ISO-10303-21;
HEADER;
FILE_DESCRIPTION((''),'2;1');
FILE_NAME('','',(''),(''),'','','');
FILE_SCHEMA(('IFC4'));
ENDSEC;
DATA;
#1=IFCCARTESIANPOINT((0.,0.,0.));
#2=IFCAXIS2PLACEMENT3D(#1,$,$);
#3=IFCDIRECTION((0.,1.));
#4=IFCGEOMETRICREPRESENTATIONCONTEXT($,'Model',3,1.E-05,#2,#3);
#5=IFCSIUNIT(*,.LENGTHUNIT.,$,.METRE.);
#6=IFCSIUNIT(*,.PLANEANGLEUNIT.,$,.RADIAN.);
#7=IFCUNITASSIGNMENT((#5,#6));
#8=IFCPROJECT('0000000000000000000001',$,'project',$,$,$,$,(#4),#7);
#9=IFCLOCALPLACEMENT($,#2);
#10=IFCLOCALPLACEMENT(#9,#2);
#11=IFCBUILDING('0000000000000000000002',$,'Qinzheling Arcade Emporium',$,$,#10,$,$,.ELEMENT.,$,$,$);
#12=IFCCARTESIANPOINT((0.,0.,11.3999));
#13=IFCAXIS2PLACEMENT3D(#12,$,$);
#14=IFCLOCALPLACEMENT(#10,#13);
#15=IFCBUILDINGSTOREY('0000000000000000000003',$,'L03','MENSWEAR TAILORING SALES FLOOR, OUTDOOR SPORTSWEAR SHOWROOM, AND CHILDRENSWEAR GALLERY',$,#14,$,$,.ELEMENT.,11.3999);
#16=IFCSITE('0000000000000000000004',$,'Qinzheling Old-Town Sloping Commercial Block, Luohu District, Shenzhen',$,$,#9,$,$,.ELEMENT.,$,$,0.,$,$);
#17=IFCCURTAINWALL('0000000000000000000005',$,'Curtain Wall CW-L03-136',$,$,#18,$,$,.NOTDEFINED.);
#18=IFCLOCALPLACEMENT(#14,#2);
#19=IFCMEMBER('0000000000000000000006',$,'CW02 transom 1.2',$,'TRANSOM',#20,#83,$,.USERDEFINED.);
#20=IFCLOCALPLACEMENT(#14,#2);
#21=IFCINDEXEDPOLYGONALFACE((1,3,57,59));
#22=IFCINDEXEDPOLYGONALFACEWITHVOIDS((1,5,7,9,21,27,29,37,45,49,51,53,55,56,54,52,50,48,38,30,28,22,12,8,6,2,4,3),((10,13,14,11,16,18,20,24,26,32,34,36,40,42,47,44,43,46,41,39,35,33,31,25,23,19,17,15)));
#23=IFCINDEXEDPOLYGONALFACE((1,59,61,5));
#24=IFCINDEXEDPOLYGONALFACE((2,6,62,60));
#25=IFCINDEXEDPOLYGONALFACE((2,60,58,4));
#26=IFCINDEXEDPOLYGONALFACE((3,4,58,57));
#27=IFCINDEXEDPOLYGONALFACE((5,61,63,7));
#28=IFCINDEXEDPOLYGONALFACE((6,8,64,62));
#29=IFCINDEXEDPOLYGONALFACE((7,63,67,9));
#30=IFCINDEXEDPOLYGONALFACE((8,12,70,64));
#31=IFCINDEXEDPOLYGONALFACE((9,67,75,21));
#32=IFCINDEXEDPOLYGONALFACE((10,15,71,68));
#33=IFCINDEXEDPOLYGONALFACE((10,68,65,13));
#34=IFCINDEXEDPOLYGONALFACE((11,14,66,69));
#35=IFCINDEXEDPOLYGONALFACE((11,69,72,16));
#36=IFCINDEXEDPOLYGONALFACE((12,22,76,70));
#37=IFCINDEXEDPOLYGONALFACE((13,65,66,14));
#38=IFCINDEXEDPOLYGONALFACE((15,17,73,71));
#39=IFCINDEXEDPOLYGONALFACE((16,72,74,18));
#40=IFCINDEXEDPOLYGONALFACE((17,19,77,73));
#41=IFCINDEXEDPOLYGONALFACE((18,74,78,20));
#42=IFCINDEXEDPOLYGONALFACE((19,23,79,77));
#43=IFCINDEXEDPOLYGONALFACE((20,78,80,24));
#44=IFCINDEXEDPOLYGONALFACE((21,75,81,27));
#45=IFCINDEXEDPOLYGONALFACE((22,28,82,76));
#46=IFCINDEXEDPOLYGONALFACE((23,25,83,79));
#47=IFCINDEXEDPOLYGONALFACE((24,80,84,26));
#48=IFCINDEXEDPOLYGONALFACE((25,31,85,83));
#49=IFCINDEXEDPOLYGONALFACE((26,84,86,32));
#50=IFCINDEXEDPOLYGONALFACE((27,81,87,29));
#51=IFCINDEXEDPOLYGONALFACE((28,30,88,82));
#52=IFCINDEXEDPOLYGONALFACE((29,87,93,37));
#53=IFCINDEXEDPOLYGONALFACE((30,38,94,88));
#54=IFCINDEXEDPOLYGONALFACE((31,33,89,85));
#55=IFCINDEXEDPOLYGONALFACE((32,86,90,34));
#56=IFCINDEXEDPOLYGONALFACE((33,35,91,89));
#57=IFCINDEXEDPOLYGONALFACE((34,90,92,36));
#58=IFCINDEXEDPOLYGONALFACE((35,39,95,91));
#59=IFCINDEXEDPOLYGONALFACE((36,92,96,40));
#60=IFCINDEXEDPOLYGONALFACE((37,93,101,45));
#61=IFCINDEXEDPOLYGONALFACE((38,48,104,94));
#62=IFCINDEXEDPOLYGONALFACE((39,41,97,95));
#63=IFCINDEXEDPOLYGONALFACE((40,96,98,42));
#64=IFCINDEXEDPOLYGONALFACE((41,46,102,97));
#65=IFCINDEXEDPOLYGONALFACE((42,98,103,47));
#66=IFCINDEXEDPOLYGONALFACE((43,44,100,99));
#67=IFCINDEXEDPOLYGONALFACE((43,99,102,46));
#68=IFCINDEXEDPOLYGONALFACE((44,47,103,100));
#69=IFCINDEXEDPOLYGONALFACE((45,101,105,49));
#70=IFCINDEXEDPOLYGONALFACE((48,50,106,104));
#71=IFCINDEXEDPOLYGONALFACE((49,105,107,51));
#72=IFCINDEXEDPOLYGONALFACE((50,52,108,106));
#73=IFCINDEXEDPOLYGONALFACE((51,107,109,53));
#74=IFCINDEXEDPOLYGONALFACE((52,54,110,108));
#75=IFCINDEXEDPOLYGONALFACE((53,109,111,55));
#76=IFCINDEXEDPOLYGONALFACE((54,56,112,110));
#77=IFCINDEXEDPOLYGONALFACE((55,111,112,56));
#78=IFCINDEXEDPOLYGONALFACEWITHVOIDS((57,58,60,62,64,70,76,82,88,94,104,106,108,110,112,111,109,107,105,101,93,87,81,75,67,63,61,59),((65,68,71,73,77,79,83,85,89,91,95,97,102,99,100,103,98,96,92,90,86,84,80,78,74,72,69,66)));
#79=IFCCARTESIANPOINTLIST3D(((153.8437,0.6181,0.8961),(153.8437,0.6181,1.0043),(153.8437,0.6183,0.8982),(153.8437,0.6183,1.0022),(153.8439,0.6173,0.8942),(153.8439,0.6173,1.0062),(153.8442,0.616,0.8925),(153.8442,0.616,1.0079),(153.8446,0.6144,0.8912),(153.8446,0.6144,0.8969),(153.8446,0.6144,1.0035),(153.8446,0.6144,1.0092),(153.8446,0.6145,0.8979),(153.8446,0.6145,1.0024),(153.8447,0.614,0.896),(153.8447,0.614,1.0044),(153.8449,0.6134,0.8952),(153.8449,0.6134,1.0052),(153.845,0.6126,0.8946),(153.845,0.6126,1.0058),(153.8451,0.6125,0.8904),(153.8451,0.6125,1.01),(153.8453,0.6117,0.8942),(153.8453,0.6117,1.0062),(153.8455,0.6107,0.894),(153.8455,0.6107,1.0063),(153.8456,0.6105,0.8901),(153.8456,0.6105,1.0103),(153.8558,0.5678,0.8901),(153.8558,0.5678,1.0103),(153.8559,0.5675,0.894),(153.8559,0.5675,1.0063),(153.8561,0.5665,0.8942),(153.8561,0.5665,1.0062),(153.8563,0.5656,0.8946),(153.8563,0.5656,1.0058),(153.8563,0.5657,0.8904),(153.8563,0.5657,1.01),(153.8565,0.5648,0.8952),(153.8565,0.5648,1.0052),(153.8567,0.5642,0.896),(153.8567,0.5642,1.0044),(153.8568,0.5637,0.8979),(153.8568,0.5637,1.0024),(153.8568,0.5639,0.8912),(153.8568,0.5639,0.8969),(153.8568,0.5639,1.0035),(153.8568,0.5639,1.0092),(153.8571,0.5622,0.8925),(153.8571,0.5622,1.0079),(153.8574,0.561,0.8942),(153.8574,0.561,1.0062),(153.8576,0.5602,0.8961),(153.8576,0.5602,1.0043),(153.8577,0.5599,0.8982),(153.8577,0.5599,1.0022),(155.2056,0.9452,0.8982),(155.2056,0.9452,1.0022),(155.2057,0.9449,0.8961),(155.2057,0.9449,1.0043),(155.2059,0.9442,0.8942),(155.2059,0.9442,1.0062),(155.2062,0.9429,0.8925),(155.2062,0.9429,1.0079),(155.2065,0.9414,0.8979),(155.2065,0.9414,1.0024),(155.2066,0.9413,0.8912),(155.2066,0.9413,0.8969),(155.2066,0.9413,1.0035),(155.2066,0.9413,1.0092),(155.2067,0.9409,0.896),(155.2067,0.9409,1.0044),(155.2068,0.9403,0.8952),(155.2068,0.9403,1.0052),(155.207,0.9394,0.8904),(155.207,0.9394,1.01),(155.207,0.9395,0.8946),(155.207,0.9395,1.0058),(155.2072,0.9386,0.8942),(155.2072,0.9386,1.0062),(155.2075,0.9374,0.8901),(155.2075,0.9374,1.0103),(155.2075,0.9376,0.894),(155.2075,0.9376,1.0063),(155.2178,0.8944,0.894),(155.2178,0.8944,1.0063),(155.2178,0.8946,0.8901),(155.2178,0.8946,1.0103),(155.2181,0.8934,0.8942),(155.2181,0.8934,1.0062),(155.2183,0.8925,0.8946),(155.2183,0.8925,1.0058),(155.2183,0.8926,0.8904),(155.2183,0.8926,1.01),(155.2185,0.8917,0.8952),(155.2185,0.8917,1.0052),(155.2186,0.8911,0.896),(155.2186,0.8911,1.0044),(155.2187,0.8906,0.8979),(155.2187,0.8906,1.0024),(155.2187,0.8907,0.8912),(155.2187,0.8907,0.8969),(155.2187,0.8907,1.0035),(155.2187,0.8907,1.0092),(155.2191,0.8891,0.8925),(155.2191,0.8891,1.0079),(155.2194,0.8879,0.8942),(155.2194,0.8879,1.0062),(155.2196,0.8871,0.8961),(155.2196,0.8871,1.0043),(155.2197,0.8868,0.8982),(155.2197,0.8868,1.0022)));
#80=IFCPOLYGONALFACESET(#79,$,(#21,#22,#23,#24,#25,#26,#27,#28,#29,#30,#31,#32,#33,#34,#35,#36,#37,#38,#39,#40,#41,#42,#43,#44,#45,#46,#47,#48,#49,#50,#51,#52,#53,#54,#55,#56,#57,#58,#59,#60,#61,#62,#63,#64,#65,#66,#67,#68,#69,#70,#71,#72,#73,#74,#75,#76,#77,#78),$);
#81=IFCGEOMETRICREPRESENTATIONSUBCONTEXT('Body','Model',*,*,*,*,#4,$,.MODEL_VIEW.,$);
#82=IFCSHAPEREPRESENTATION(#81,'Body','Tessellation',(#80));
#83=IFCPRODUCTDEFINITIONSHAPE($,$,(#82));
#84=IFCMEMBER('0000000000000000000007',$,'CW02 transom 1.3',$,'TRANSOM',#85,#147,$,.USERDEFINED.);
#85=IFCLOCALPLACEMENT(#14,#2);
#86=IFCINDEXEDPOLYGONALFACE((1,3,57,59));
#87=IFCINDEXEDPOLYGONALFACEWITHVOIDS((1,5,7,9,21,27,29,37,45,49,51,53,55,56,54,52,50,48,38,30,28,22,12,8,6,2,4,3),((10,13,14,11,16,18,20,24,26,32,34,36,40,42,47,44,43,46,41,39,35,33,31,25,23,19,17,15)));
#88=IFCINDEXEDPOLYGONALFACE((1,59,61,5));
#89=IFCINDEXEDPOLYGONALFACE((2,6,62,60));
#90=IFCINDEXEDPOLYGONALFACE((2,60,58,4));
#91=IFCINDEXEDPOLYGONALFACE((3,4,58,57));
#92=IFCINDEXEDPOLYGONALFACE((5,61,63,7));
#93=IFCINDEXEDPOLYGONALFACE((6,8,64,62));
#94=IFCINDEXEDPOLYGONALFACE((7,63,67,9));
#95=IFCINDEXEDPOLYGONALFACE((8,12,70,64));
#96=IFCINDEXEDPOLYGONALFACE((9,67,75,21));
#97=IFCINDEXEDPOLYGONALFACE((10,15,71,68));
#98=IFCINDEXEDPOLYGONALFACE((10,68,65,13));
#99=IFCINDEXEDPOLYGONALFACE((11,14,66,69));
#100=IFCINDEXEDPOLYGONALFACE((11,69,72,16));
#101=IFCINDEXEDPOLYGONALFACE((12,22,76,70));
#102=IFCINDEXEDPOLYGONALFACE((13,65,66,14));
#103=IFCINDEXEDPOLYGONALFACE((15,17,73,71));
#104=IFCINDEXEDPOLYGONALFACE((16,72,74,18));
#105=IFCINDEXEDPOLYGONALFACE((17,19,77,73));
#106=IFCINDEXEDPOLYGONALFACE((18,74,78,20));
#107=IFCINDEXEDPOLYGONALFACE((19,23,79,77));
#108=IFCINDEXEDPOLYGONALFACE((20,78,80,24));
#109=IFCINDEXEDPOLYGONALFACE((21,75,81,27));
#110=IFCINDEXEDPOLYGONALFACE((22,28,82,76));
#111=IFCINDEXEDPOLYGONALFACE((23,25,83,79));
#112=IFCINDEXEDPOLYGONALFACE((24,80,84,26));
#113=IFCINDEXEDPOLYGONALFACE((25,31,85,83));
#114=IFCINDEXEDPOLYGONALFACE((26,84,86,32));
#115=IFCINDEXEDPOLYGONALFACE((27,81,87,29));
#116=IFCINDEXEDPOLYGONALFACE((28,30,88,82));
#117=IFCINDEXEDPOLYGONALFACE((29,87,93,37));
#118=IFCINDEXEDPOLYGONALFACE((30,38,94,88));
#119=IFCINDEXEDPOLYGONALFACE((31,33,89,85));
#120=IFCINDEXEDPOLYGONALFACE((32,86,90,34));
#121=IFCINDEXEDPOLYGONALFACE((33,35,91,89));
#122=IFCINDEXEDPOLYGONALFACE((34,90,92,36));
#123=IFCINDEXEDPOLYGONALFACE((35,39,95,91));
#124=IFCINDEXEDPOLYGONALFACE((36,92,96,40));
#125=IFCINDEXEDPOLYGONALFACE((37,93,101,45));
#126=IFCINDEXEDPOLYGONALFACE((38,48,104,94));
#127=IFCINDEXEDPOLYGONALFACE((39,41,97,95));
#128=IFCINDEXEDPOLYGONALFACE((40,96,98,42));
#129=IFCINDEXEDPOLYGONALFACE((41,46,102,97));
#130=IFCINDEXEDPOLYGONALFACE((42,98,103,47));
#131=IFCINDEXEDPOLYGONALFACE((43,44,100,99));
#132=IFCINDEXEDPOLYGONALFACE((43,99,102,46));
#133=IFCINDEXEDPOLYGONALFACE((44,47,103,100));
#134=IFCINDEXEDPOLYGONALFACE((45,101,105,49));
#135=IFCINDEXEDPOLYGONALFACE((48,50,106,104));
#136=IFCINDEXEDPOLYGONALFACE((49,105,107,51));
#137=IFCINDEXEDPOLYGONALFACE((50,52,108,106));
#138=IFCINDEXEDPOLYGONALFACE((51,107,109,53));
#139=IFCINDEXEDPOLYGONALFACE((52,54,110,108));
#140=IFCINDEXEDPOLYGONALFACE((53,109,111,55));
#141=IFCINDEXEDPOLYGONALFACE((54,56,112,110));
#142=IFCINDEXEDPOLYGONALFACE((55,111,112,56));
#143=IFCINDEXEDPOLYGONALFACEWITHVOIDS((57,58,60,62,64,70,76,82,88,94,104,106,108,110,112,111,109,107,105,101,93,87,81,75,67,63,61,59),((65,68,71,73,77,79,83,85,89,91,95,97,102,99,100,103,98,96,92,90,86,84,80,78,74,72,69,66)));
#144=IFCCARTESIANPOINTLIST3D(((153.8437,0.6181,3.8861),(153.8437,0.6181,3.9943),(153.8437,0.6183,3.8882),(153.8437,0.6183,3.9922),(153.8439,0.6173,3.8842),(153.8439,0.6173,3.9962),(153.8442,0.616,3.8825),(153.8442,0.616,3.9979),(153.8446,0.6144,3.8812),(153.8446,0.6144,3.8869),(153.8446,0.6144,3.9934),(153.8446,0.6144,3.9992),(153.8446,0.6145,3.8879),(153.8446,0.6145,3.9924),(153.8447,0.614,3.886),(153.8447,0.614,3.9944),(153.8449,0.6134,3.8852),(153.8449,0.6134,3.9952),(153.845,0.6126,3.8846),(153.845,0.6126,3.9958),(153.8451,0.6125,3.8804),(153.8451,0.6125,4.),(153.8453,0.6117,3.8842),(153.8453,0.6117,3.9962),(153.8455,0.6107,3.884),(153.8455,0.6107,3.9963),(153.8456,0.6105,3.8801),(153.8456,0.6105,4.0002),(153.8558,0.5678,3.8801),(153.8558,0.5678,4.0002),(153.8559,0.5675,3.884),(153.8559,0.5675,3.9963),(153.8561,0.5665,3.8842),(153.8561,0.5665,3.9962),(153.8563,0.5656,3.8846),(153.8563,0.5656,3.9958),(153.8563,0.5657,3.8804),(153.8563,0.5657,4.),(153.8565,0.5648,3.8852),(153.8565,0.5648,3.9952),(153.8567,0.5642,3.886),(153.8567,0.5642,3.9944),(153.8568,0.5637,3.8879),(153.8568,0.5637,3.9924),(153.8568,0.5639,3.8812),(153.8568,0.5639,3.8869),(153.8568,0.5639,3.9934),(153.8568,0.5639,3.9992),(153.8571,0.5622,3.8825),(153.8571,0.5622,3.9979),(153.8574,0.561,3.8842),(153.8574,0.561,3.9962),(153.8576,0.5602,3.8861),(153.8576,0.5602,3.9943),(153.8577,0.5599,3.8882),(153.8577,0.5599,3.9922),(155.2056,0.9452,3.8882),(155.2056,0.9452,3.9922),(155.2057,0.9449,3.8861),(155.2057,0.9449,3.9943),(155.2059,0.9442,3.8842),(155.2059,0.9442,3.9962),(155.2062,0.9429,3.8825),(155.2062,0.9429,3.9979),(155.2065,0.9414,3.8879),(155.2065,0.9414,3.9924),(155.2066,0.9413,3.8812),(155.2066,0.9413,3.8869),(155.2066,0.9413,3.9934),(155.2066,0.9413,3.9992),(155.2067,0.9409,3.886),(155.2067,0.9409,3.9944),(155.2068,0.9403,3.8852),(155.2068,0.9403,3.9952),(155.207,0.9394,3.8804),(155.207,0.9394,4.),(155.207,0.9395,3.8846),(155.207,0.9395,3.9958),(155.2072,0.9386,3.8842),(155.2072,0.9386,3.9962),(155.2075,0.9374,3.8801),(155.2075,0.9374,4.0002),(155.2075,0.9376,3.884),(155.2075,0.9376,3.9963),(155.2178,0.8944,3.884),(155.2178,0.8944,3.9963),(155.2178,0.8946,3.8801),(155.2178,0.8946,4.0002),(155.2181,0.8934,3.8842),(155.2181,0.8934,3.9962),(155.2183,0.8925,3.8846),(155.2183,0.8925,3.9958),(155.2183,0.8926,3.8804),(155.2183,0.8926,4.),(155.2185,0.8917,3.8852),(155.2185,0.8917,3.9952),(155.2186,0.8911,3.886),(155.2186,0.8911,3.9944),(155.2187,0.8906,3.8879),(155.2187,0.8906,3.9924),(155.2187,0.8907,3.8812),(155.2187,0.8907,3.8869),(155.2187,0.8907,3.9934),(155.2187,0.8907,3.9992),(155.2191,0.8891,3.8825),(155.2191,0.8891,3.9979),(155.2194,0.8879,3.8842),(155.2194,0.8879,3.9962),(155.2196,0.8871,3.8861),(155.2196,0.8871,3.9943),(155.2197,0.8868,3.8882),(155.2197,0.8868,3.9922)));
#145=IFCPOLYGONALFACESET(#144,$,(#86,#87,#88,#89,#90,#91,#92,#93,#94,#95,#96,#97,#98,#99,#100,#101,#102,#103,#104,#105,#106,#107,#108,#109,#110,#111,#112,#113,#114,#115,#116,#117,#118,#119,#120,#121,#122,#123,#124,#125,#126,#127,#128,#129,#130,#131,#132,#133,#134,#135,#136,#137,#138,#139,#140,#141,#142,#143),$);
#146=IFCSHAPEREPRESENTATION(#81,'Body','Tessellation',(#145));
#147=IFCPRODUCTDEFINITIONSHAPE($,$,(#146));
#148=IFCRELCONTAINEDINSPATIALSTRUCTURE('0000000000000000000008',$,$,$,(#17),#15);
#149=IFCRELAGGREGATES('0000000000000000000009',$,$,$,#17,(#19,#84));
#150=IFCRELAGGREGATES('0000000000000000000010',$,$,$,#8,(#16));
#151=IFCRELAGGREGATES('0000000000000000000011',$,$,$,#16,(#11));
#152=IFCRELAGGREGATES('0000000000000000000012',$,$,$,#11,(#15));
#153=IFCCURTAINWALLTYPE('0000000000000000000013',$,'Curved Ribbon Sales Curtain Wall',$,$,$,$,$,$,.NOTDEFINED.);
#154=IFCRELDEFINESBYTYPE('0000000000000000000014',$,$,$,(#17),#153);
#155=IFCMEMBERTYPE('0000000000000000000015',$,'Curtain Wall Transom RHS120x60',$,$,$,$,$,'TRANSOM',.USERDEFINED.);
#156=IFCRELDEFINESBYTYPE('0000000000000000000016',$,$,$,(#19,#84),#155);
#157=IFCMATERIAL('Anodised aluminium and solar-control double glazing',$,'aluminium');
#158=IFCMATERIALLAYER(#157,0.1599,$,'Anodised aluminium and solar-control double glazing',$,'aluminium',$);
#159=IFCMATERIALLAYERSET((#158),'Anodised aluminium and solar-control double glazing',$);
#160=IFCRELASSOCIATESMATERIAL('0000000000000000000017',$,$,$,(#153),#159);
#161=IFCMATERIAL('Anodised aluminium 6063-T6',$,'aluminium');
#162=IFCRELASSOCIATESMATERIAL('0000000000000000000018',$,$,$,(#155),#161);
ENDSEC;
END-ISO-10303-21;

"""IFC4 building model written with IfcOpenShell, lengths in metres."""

from ifc_helpers import new_model, si_unit, direction, frame, origin, origin_2d, place, context, subcontext, project, spatial, hollow_rectangle, extrude, material, layer, layer_set, material_profile, profile_set, type_object, element, aggregate, save


model = new_model("IFC4")

# Units and contexts
model_context = context("Model", 3, precision=1e-05, world=origin(), true_north=direction((0.0, 1.0)))
body_context = subcontext(model_context, "Body", "Model", "MODEL_VIEW")
ifc_project = project(units=[si_unit("LENGTHUNIT", "METRE"), si_unit("PLANEANGLEUNIT", "RADIAN")], contexts=[model_context])

# Site, building, storey
site_placement = place(None, origin())
site = spatial("IfcSite", under=ifc_project, at=site_placement, Name="Qinzheling Old-Town Sloping Commercial Block, Luohu District, Shenzhen", CompositionType="ELEMENT", RefElevation=0.0)
building_placement = place(site_placement, origin())
building = spatial("IfcBuilding", under=site, at=building_placement, Name="Qinzheling Arcade Emporium", CompositionType="ELEMENT")
storey_placement = place(building_placement, frame((0.0, 0.0, 11.3999)))
storey = spatial("IfcBuildingStorey", under=building, at=storey_placement, Name="L03", Description="MENSWEAR TAILORING SALES FLOOR, OUTDOOR SPORTSWEAR SHOWROOM, AND CHILDRENSWEAR GALLERY", CompositionType="ELEMENT", Elevation=11.3999)

# Shared definitions
ifc_material_1 = material(Name="Anodised aluminium and solar-control double glazing", Category="aluminium")
ifc_layer_1 = layer(ifc_material_1, 0.1599, Name="Anodised aluminium and solar-control double glazing", Category="aluminium")
ifc_layer_set_1 = layer_set([ifc_layer_1], Name="Anodised aluminium and solar-control double glazing")
curtain_wall_type_1 = type_object("IfcCurtainWallType", Name="Curved Ribbon Sales Curtain Wall", PredefinedType="NOTDEFINED", material=ifc_layer_set_1)
ifc_material_2 = material(Name="Anodised aluminium 6063-T6", Category="aluminium")

# Curtain wall
curtain_wall_1_placement = place(storey_placement, origin())
curtain_wall_1 = element("IfcCurtainWall", 1, at=curtain_wall_1_placement, inside=storey, type_object=curtain_wall_type_1, Name="Curtain Wall CW-L03-136", PredefinedType="NOTDEFINED")

# Members
ifc_material_profile_1 = material_profile(ifc_material_2, hollow_rectangle(XDim=0.0601, YDim=0.1201, WallThickness=0.0039, InnerFilletRadius=0.0039, OuterFilletRadius=0.0081, at=origin_2d()), Name="RHS 120x60x4", Category="aluminium")
ifc_profile_set_1 = profile_set([ifc_material_profile_1], Name="Anodised aluminium 6063-T6")
member_type_1 = type_object("IfcMemberType", Name="Curtain Wall Transom RHS120x60", ElementType="TRANSOM", PredefinedType="USERDEFINED", material=ifc_profile_set_1)
member_1_placement = place(storey_placement, frame((155.2126, 0.916, 0.9502), z_axis=(-0.972386, -0.23338, 0.0), x_axis=(0.23338, -0.972386, 0.0)))
member_1 = element("IfcMember", 2, at=member_1_placement, type_object=member_type_1, Name="CW02 transom 1.2", ObjectType="TRANSOM", PredefinedType="USERDEFINED", context=body_context, shape_type="SweptSolid", body=[
    extrude(hollow_rectangle(XDim=0.0601, YDim=0.1201, WallThickness=0.0039, InnerFilletRadius=0.0039, OuterFilletRadius=0.0081, at=origin_2d()), origin(), (0.0, 0.0, 1.0), 1.4006),
])
member_2_placement = place(storey_placement, frame((155.2126, 0.916, 3.9402), z_axis=(-0.972386, -0.23338, 0.0), x_axis=(0.23338, -0.972386, 0.0)))
member_2 = element("IfcMember", 3, at=member_2_placement, type_object=member_type_1, Name="CW02 transom 1.3", ObjectType="TRANSOM", PredefinedType="USERDEFINED", context=body_context, shape_type="SweptSolid", body=[
    extrude(hollow_rectangle(XDim=0.0601, YDim=0.1201, WallThickness=0.0039, InnerFilletRadius=0.0039, OuterFilletRadius=0.0081, at=origin_2d()), origin(), (0.0, 0.0, 1.0), 1.4006),
])

aggregate(curtain_wall_1, [member_1, member_2])

save(model, "model.ifc")
